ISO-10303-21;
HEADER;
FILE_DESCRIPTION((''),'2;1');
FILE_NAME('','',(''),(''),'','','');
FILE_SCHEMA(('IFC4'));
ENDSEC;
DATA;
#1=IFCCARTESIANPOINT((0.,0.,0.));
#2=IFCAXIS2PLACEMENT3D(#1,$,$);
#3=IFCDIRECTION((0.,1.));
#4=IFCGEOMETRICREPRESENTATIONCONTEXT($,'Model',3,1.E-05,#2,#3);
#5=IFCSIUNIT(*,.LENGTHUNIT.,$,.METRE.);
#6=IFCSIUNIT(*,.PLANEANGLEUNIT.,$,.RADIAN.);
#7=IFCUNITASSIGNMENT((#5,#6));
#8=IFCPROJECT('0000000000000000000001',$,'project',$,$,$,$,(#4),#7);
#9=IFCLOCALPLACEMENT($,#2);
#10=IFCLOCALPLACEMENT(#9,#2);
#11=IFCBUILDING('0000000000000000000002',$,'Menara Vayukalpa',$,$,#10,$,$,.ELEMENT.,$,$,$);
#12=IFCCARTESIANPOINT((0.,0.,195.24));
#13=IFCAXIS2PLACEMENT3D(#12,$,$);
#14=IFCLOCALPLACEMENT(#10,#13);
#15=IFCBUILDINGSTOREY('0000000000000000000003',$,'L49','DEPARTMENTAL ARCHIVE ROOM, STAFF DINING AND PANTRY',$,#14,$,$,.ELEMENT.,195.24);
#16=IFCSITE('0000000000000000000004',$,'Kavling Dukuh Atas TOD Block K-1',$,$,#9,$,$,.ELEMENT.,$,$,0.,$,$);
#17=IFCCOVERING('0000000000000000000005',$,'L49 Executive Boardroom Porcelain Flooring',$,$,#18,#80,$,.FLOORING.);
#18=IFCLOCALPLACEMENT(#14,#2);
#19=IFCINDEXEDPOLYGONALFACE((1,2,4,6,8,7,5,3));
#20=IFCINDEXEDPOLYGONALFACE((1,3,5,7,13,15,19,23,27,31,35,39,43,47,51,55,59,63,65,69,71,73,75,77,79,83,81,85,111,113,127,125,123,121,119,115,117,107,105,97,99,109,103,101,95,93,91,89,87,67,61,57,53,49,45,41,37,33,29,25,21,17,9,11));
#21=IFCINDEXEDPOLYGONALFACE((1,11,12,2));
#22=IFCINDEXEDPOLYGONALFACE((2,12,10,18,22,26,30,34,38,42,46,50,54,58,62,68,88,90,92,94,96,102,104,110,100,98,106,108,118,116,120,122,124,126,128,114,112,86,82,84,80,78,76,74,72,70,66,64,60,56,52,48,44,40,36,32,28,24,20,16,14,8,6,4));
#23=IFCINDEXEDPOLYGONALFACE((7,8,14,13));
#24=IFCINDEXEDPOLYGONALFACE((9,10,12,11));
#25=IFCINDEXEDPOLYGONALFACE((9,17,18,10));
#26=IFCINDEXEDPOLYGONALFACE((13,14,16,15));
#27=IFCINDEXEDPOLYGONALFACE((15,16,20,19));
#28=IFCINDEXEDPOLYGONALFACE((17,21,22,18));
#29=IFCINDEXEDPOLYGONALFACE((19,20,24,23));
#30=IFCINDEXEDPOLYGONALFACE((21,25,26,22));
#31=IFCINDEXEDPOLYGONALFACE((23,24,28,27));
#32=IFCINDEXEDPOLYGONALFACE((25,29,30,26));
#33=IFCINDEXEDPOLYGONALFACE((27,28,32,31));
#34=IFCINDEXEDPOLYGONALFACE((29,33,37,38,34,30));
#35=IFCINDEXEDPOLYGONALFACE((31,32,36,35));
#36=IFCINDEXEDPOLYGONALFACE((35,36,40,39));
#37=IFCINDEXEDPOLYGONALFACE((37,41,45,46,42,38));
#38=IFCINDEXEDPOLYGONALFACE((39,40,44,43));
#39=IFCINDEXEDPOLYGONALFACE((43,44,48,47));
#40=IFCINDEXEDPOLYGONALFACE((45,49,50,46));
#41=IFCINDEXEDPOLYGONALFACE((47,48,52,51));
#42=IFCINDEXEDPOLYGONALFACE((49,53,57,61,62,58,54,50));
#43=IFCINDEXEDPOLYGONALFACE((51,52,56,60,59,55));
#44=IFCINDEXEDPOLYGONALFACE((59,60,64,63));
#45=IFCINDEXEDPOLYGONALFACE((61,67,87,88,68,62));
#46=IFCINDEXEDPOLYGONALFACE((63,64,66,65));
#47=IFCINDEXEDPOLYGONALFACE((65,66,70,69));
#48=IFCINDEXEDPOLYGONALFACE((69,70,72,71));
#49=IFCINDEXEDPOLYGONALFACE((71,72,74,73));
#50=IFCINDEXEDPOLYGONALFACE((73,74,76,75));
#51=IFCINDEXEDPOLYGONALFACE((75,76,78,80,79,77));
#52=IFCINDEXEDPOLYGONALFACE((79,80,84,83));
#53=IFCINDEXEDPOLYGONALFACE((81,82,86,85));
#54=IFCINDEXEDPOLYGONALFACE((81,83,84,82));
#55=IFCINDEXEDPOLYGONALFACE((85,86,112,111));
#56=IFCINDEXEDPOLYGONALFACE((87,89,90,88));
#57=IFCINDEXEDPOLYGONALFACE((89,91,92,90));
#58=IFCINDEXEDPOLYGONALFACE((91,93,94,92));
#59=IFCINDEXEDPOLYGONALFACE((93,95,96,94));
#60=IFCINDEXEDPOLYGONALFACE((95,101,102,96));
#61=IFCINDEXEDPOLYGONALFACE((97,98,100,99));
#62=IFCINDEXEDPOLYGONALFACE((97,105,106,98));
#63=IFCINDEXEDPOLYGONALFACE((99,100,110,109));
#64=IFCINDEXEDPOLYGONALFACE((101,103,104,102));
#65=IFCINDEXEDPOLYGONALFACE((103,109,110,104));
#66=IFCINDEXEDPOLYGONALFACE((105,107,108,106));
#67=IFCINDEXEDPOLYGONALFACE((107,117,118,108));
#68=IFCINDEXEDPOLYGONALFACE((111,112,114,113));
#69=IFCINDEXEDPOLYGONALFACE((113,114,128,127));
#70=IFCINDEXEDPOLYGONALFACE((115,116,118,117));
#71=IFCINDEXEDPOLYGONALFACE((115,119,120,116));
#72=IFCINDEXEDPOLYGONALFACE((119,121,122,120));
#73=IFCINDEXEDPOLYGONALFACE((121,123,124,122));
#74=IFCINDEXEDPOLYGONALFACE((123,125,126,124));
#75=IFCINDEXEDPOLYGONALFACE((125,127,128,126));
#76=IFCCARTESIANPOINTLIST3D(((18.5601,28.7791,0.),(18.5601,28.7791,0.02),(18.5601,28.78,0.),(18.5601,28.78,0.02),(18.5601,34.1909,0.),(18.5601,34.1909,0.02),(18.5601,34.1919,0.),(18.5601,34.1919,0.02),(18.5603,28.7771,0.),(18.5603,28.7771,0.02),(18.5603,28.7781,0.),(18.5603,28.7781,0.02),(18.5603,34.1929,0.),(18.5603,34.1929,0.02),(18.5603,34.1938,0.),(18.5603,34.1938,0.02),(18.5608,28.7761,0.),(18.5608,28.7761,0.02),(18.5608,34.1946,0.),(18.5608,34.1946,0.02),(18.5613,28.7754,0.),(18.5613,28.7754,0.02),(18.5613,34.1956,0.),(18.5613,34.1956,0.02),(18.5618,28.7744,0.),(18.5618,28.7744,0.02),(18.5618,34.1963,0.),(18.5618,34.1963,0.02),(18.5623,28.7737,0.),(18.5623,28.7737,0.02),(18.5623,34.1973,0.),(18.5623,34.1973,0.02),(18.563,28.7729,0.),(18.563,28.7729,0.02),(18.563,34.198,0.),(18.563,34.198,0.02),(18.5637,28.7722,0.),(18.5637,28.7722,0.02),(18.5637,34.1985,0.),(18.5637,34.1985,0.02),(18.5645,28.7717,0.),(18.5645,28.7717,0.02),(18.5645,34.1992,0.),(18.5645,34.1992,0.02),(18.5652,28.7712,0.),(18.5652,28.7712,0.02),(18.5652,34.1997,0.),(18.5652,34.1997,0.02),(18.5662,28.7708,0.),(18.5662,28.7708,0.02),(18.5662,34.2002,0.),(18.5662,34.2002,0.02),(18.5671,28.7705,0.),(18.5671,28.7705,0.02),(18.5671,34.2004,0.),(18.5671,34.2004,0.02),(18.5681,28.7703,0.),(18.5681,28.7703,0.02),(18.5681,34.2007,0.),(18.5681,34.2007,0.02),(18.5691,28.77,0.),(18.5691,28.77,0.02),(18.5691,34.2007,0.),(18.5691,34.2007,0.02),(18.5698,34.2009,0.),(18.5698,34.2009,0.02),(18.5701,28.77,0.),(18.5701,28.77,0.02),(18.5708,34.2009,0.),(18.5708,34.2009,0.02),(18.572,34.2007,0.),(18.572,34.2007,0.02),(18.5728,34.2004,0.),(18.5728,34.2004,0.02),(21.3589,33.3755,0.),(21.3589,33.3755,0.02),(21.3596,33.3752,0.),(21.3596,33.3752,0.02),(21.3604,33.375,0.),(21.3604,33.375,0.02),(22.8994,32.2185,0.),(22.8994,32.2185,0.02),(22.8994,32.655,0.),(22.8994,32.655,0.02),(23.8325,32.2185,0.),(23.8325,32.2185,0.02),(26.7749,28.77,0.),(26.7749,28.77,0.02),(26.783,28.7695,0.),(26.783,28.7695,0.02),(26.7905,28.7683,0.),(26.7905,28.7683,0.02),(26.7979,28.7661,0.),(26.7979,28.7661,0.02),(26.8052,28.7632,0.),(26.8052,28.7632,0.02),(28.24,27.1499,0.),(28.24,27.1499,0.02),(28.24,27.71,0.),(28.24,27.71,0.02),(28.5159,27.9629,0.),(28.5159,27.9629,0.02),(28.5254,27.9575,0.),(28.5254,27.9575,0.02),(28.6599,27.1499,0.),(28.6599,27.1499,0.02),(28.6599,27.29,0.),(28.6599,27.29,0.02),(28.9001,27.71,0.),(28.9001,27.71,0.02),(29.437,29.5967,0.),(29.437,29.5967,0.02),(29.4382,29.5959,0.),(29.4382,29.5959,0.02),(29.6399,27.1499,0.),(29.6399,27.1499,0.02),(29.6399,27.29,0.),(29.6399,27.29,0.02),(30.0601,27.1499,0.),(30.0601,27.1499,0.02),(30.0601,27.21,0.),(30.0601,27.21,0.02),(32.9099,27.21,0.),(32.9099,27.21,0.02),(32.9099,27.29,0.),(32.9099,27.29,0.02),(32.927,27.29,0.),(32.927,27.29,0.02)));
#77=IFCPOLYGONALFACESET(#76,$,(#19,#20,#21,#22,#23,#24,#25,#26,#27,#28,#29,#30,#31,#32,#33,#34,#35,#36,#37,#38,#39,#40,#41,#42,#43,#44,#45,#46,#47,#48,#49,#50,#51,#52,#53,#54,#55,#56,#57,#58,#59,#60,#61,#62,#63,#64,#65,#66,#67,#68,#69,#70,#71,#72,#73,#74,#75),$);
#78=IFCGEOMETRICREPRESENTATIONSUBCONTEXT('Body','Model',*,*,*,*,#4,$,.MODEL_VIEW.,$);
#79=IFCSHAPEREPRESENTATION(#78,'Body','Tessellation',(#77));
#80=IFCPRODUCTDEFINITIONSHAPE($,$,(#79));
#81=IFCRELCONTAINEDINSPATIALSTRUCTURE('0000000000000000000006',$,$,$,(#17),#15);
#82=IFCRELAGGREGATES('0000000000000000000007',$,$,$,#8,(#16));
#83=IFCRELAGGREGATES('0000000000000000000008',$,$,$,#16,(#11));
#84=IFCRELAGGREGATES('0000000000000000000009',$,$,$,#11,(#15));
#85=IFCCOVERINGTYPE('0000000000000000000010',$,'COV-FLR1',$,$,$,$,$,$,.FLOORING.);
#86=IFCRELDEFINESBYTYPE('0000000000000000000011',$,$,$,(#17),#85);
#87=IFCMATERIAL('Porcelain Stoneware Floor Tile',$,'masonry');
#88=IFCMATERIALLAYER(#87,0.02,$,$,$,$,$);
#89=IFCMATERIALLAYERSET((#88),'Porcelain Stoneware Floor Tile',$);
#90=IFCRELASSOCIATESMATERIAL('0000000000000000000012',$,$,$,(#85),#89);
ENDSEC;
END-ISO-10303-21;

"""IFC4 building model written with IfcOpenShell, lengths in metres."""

from ifc_helpers import new_model, si_unit, direction, frame, origin, place, context, subcontext, project, spatial, polyline, outline, extrude, material, layer, layer_set, type_object, element, save


model = new_model("IFC4")

# Units and contexts
model_context = context("Model", 3, precision=1e-05, world=origin(), true_north=direction((0.0, 1.0)))
body_context = subcontext(model_context, "Body", "Model", "MODEL_VIEW")
ifc_project = project(units=[si_unit("LENGTHUNIT", "METRE"), si_unit("PLANEANGLEUNIT", "RADIAN")], contexts=[model_context])

# Site, building, storey
site_placement = place(None, origin())
site = spatial("IfcSite", under=ifc_project, at=site_placement, Name="Kavling Dukuh Atas TOD Block K-1", CompositionType="ELEMENT", RefElevation=0.0)
building_placement = place(site_placement, origin())
building = spatial("IfcBuilding", under=site, at=building_placement, Name="Menara Vayukalpa", CompositionType="ELEMENT")
storey_placement = place(building_placement, frame((0.0, 0.0, 195.24)))
storey = spatial("IfcBuildingStorey", under=building, at=storey_placement, Name="L49", Description="DEPARTMENTAL ARCHIVE ROOM, STAFF DINING AND PANTRY", CompositionType="ELEMENT", Elevation=195.24)

# Covering
ifc_material_1 = material(Name="Porcelain Stoneware Floor Tile", Category="masonry")
ifc_layer_1 = layer(ifc_material_1, 0.02)
ifc_layer_set_1 = layer_set([ifc_layer_1], Name="Porcelain Stoneware Floor Tile")
covering_type_1 = type_object("IfcCoveringType", Name="COV-FLR1", PredefinedType="FLOORING", material=ifc_layer_set_1)
covering_1_placement = place(storey_placement, origin())
element("IfcCovering", 1, at=covering_1_placement, inside=storey, type_object=covering_type_1, Name="L49 Executive Boardroom Porcelain Flooring", PredefinedType="FLOORING", context=body_context, shape_type="SweptSolid", body=[
    extrude(outline(polyline([(28.5254, 27.9575), (28.5159, 27.9629), (26.8052, 28.7632), (26.7979, 28.7661), (26.7905, 28.7683), (26.783, 28.7695), (26.7749, 28.77), (18.5701, 28.77), (18.5691, 28.77), (18.5681, 28.7703), (18.5671, 28.7705), (18.5662, 28.7708), (18.5652, 28.7712), (18.5645, 28.7717), (18.5637, 28.7722), (18.563, 28.7729), (18.5623, 28.7737), (18.5618, 28.7744), (18.5613, 28.7754), (18.5608, 28.7761), (18.5603, 28.7771), (18.5603, 28.7781), (18.5601, 28.7791), (18.5601, 28.78), (18.5601, 34.1909), (18.5601, 34.1919), (18.5603, 34.1929), (18.5603, 34.1938), (18.5608, 34.1946), (18.5613, 34.1956), (18.5618, 34.1963), (18.5623, 34.1973), (18.563, 34.198), (18.5637, 34.1985), (18.5645, 34.1992), (18.5652, 34.1997), (18.5662, 34.2002), (18.5671, 34.2004), (18.5681, 34.2007), (18.5691, 34.2007), (18.5698, 34.2009), (18.5708, 34.2009), (18.572, 34.2007), (18.5728, 34.2004), (21.3589, 33.3755), (21.3596, 33.3752), (21.3604, 33.375), (22.8994, 32.655), (22.8994, 32.2185), (23.8325, 32.2185), (29.437, 29.5967), (29.4382, 29.5959), (32.927, 27.29), (32.9099, 27.29), (32.9099, 27.21), (30.0601, 27.21), (30.0601, 27.1499), (29.6399, 27.1499), (29.6399, 27.29), (28.6599, 27.29), (28.6599, 27.1499), (28.24, 27.1499), (28.24, 27.71), (28.9001, 27.71), (28.5254, 27.9575)])), origin(), (0.0, 0.0, 1.0), 0.02),
])

save(model, "model.ifc")
